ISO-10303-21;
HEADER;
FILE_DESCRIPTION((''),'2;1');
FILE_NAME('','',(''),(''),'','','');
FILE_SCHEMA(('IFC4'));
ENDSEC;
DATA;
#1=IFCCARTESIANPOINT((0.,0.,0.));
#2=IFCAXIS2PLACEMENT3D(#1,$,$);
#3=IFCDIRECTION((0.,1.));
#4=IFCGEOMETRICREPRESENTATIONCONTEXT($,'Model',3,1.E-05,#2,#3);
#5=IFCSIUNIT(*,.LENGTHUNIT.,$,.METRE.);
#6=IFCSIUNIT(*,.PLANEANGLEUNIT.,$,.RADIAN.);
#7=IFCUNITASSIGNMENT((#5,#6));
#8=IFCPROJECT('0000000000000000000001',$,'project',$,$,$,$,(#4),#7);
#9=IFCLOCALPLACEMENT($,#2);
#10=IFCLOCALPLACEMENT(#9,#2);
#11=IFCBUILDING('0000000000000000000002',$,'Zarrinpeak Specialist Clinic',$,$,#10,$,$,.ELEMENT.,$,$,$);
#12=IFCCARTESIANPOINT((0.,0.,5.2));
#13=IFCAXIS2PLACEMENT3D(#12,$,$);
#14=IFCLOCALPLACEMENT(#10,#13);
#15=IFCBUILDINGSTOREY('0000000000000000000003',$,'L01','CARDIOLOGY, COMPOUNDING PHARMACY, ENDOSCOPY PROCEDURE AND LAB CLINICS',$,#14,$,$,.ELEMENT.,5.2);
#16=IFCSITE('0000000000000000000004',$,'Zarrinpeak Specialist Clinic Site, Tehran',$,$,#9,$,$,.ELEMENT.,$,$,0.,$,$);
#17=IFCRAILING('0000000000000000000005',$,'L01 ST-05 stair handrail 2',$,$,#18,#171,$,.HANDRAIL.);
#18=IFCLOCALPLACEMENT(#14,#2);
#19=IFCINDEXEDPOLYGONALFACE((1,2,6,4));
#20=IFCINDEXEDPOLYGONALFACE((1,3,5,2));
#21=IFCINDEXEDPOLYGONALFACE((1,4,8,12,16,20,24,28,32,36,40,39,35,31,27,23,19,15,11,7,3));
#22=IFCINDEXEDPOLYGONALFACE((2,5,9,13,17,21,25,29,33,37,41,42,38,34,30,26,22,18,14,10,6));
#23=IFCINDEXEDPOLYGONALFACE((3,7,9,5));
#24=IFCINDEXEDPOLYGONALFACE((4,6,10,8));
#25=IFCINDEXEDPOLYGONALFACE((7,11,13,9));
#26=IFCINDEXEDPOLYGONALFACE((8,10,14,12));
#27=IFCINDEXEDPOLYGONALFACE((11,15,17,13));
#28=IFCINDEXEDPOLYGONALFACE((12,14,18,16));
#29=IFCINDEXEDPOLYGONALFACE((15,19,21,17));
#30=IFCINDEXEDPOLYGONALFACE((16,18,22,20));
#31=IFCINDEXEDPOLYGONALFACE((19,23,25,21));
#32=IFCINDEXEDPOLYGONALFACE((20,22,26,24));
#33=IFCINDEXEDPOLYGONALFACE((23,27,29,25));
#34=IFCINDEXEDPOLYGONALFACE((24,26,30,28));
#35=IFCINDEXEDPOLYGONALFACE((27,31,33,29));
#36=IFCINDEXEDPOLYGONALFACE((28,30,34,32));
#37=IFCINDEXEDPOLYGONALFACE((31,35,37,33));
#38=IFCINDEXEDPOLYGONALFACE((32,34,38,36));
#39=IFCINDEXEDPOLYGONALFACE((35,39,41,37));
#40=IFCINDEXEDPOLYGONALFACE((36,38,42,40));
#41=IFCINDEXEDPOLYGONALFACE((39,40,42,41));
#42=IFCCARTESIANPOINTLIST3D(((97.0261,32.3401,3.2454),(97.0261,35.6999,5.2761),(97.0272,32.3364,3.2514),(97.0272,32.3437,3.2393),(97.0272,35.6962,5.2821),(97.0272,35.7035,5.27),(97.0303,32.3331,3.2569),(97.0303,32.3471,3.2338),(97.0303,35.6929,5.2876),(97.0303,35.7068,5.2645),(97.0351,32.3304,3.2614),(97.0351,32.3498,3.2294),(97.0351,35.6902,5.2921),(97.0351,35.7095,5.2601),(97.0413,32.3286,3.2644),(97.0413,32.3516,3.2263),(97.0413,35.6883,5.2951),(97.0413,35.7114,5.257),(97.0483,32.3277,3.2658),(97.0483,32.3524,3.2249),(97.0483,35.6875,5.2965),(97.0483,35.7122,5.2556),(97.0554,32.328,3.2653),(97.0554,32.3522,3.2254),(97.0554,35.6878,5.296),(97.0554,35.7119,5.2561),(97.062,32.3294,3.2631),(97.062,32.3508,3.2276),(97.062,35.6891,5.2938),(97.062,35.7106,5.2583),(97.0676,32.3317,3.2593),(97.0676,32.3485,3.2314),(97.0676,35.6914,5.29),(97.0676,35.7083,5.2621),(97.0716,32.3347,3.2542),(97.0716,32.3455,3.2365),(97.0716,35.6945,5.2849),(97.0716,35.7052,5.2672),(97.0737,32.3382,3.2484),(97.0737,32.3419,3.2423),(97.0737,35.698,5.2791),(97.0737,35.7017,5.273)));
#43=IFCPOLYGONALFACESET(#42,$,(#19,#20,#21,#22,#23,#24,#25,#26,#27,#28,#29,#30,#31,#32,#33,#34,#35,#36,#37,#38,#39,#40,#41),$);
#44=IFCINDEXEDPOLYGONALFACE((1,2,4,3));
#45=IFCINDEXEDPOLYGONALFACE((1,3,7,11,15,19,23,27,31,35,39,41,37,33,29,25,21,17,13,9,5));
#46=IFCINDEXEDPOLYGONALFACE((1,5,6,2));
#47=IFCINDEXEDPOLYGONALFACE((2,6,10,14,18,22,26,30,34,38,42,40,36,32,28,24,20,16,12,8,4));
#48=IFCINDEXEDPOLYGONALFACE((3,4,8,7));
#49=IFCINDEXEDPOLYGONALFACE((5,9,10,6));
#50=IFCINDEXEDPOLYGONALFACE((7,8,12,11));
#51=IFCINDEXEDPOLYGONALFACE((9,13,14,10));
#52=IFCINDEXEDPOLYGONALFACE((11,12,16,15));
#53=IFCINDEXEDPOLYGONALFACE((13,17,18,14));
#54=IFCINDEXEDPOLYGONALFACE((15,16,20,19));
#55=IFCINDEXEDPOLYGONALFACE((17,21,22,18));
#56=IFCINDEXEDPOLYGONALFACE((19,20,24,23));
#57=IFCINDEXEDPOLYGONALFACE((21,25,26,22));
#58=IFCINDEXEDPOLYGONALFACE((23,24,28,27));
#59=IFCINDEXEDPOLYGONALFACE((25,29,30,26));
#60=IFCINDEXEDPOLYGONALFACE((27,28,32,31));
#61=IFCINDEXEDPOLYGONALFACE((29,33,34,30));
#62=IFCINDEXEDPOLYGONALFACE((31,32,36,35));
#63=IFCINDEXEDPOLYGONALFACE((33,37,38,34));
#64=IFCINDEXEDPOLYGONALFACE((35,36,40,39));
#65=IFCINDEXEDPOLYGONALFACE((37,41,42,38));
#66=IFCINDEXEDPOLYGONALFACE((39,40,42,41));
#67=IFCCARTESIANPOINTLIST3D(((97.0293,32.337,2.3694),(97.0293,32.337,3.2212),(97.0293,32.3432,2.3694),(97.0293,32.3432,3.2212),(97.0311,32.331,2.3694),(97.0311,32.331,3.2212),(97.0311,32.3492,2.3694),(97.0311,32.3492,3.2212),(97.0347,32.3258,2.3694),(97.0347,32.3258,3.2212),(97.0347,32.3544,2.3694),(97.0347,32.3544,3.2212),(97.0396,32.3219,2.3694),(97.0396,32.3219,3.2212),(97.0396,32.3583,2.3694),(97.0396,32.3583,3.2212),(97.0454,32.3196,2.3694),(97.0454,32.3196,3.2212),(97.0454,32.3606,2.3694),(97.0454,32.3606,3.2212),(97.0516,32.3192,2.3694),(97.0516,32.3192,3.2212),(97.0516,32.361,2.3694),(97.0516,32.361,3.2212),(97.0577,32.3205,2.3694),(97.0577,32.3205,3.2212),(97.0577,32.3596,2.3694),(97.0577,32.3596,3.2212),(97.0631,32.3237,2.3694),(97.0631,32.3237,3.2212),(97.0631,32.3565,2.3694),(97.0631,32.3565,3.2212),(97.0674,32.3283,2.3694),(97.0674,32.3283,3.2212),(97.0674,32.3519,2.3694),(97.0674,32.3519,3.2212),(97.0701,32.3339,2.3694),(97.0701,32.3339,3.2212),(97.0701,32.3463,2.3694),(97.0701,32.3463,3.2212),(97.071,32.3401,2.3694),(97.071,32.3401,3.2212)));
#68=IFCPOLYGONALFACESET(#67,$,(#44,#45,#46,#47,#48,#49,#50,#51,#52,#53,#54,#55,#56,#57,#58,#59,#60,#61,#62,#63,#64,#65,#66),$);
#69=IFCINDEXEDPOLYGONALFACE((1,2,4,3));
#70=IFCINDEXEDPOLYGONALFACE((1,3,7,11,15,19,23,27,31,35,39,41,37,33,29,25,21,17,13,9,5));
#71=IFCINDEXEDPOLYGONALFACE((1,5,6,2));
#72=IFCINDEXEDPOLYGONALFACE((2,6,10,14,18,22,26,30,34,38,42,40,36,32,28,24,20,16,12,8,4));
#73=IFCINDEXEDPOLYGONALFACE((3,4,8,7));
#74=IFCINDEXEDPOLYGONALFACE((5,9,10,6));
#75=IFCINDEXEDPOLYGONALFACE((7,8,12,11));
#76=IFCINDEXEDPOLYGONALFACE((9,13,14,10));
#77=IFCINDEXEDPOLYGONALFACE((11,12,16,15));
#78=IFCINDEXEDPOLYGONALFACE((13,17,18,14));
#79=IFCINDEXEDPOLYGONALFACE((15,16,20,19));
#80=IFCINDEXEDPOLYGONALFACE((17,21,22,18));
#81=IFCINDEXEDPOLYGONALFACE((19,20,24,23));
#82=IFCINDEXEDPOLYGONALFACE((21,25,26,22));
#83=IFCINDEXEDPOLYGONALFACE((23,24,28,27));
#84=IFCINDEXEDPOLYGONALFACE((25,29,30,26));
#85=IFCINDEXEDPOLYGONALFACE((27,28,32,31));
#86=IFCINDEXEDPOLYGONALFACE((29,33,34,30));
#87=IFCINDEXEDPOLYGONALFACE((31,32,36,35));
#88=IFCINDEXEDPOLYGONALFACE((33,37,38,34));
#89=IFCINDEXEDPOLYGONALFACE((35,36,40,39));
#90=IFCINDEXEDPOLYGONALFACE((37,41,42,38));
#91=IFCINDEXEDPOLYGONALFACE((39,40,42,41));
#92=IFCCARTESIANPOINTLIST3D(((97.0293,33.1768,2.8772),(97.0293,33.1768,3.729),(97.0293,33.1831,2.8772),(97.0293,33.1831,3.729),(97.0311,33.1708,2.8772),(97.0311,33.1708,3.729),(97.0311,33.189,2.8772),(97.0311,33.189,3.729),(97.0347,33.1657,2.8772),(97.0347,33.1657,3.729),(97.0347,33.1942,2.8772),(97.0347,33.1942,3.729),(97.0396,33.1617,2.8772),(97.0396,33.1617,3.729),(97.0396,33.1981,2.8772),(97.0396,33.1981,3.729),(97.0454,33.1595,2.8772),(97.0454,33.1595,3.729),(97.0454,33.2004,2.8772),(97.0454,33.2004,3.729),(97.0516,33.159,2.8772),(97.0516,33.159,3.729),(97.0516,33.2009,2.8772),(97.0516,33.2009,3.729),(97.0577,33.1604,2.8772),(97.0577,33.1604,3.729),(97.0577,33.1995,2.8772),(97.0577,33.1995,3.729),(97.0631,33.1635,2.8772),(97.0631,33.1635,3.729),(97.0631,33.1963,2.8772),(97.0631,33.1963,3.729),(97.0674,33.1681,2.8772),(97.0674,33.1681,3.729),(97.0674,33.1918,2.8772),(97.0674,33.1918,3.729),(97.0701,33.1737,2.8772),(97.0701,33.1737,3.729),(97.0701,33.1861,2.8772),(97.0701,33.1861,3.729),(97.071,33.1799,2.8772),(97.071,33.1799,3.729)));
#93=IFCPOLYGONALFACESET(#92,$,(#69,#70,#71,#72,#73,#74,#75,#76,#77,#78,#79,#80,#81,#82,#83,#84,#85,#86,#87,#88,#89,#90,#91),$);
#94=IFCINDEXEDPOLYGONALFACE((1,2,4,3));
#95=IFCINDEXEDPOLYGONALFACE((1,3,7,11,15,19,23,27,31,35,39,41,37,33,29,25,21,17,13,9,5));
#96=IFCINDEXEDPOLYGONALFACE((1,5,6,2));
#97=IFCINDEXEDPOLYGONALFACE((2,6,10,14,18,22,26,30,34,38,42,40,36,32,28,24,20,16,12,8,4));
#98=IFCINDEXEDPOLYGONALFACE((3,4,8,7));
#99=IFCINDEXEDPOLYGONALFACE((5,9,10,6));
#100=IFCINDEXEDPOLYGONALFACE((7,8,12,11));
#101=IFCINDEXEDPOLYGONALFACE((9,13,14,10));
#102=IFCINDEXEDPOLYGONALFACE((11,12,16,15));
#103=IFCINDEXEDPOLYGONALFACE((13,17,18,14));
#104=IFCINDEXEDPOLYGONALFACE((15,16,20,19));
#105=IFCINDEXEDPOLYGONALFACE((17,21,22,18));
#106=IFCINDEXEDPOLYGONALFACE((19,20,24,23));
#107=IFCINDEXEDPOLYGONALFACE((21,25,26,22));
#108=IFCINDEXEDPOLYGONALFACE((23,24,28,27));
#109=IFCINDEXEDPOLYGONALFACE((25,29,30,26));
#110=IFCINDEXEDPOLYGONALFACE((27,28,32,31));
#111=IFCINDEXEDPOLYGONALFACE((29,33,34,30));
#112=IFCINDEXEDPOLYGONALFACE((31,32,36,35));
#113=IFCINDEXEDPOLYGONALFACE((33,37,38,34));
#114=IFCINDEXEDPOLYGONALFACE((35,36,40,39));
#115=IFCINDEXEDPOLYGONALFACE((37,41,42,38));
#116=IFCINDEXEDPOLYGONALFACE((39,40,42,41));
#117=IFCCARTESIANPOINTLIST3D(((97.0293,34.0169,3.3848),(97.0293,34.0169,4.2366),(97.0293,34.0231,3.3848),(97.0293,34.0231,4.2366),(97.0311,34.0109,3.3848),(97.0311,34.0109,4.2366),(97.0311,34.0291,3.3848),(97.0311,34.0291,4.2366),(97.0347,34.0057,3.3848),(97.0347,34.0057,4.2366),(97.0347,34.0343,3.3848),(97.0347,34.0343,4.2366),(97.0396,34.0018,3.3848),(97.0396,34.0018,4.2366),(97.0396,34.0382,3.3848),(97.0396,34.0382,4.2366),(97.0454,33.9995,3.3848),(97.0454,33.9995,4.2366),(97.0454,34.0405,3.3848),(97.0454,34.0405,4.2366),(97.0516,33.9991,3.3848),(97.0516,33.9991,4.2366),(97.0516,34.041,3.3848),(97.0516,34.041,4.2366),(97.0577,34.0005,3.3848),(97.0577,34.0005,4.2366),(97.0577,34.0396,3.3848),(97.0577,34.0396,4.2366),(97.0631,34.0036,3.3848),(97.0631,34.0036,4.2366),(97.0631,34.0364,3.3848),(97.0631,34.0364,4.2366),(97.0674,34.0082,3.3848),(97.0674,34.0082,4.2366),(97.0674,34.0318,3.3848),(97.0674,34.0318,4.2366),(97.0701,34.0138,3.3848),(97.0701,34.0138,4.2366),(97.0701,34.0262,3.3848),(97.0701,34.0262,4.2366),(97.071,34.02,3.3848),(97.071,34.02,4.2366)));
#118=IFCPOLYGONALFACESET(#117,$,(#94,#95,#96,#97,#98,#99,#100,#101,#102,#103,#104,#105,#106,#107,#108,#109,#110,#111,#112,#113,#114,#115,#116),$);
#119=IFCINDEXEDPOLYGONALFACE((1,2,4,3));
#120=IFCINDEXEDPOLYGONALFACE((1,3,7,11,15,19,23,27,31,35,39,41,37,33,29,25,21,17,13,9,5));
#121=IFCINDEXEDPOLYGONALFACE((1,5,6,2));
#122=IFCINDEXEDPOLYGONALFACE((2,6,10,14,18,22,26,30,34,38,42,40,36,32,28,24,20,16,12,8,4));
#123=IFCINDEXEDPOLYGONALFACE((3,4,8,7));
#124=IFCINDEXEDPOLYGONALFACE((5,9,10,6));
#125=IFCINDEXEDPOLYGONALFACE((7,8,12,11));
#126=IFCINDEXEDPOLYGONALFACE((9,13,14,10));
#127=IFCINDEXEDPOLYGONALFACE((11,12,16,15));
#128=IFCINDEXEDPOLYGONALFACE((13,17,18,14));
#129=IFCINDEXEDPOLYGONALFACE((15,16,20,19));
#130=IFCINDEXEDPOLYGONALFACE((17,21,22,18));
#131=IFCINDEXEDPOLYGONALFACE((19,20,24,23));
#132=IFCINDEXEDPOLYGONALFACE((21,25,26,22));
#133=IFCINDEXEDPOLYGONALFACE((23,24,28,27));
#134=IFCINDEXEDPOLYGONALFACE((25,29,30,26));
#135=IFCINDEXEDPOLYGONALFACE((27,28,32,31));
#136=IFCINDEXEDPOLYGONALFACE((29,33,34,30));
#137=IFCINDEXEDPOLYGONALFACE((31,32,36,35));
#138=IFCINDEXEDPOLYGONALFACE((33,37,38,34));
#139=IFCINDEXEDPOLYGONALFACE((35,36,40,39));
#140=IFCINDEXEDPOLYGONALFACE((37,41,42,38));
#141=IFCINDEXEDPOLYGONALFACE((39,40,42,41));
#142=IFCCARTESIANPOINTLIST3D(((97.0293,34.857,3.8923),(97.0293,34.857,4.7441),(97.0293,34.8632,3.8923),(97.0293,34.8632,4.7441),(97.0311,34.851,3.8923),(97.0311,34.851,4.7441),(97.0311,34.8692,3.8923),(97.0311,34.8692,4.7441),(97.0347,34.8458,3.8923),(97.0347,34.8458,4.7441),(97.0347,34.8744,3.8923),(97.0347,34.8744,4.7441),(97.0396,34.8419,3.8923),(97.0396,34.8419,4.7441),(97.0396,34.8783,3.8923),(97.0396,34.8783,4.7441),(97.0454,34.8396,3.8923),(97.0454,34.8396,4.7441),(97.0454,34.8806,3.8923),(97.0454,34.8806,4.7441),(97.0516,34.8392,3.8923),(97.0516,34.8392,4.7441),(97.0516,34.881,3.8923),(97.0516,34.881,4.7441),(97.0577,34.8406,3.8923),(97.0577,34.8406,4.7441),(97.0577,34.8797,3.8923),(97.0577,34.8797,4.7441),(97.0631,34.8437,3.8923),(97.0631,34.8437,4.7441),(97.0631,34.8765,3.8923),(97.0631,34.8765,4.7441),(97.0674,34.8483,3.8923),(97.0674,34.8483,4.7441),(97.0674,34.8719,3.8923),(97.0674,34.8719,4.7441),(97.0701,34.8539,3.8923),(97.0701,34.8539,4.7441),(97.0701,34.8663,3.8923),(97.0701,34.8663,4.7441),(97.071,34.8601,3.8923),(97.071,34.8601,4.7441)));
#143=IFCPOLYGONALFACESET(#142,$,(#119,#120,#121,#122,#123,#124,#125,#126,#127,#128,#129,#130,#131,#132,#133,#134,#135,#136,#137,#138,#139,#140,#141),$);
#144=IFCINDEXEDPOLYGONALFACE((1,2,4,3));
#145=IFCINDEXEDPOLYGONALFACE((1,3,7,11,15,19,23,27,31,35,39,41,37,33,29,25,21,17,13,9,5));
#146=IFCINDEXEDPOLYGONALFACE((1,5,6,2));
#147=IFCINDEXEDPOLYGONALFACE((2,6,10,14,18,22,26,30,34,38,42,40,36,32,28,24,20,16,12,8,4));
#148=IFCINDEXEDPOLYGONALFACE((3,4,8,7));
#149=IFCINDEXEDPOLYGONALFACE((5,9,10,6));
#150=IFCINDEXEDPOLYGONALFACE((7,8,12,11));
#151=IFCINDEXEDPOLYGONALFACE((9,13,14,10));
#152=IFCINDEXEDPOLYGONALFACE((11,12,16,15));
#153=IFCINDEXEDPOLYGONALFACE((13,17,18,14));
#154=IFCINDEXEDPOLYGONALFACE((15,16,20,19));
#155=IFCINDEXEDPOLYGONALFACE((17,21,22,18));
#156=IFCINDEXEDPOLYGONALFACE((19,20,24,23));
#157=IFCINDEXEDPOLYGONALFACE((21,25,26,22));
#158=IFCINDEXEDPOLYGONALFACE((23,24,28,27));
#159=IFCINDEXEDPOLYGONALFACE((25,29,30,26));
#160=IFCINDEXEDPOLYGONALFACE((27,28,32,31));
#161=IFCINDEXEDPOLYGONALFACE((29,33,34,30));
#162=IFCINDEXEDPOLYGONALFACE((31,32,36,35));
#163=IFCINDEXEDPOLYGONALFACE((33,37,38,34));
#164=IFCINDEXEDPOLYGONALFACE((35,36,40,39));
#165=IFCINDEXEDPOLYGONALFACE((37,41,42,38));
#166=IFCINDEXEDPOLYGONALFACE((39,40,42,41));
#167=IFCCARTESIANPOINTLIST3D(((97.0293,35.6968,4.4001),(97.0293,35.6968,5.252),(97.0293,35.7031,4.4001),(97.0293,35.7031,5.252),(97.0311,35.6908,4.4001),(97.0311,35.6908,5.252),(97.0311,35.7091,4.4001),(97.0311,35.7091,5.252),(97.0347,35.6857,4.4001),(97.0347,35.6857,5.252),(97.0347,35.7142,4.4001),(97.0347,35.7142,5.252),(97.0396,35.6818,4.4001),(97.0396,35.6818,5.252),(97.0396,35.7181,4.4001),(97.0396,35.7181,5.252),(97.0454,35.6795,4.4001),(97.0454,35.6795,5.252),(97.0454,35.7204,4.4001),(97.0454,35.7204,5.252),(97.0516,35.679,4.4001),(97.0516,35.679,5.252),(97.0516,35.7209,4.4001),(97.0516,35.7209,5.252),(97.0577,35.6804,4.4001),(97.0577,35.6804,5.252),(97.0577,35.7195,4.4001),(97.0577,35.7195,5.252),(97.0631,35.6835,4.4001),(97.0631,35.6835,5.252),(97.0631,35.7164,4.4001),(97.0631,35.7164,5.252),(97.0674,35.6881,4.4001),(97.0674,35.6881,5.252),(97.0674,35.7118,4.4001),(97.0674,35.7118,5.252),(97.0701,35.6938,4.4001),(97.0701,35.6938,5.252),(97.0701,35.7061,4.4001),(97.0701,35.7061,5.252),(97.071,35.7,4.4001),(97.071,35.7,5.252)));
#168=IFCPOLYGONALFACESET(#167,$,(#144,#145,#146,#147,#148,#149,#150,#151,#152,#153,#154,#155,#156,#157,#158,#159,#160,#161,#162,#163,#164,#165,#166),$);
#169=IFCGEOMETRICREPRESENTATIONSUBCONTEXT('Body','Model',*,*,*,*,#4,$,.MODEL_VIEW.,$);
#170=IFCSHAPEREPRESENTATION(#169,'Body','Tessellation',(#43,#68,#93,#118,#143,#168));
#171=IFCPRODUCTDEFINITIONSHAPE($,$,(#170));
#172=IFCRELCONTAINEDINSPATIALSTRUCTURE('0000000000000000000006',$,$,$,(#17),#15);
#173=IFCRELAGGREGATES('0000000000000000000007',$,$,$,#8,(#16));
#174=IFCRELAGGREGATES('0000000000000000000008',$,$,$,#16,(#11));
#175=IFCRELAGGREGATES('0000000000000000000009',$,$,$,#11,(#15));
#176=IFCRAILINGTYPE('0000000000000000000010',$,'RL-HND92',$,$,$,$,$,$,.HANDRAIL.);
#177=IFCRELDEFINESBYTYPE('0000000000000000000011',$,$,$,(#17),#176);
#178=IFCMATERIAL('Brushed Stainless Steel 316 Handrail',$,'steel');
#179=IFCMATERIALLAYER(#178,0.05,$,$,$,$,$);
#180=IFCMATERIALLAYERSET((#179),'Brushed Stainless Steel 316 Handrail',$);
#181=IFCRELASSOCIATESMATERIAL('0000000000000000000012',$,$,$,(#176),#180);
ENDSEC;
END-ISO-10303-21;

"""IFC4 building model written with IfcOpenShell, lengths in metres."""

from ifc_helpers import new_model, si_unit, direction, frame, origin, origin_2d, place, context, subcontext, project, spatial, circle, extrude, material, layer, layer_set, type_object, element, save


model = new_model("IFC4")

# Units and contexts
model_context = context("Model", 3, precision=1e-05, world=origin(), true_north=direction((0.0, 1.0)))
body_context = subcontext(model_context, "Body", "Model", "MODEL_VIEW")
ifc_project = project(units=[si_unit("LENGTHUNIT", "METRE"), si_unit("PLANEANGLEUNIT", "RADIAN")], contexts=[model_context])

# Site, building, storey
site_placement = place(None, origin())
site = spatial("IfcSite", under=ifc_project, at=site_placement, Name="Zarrinpeak Specialist Clinic Site, Tehran", CompositionType="ELEMENT", RefElevation=0.0)
building_placement = place(site_placement, origin())
building = spatial("IfcBuilding", under=site, at=building_placement, Name="Zarrinpeak Specialist Clinic", CompositionType="ELEMENT")
storey_placement = place(building_placement, frame((0.0, 0.0, 5.2)))
storey = spatial("IfcBuildingStorey", under=building, at=storey_placement, Name="L01", Description="CARDIOLOGY, COMPOUNDING PHARMACY, ENDOSCOPY PROCEDURE AND LAB CLINICS", CompositionType="ELEMENT", Elevation=5.2)

# Railing
ifc_material_1 = material(Name="Brushed Stainless Steel 316 Handrail", Category="steel")
ifc_layer_1 = layer(ifc_material_1, 0.05)
ifc_layer_set_1 = layer_set([ifc_layer_1], Name="Brushed Stainless Steel 316 Handrail")
railing_type_1 = type_object("IfcRailingType", Name="RL-HND92", PredefinedType="HANDRAIL", material=ifc_layer_set_1)
railing_1_placement = place(storey_placement, frame((97.05, 32.3401, 2.3694)))
element("IfcRailing", 1, at=railing_1_placement, inside=storey, type_object=railing_type_1, Name="L01 ST-05 stair handrail 2", PredefinedType="HANDRAIL", context=body_context, shape_type="SweptSolid", body=[
    extrude(circle(Radius=0.0239, at=origin_2d()), frame((0.0, 0.0, 0.876), z_axis=(0.0, 0.85582, 0.517273), x_axis=(-1.0, 0.0, 0.0)), (0.0, 0.0, 1.0), 3.9258),
    extrude(circle(Radius=0.021, at=origin_2d()), origin(), (0.0, 0.0, 1.0), 0.8518),
    extrude(circle(Radius=0.021, at=origin_2d()), frame((0.0, 0.8398, 0.5078)), (0.0, 0.0, 1.0), 0.8518),
    extrude(circle(Radius=0.021, at=origin_2d()), frame((0.0, 1.6799, 1.0154)), (0.0, 0.0, 1.0), 0.8518),
    extrude(circle(Radius=0.021, at=origin_2d()), frame((0.0, 2.52, 1.5229)), (0.0, 0.0, 1.0), 0.8518),
    extrude(circle(Radius=0.021, at=origin_2d()), frame((0.0, 3.3599, 2.0308)), (0.0, 0.0, 1.0), 0.8518),
])

save(model, "model.ifc")
